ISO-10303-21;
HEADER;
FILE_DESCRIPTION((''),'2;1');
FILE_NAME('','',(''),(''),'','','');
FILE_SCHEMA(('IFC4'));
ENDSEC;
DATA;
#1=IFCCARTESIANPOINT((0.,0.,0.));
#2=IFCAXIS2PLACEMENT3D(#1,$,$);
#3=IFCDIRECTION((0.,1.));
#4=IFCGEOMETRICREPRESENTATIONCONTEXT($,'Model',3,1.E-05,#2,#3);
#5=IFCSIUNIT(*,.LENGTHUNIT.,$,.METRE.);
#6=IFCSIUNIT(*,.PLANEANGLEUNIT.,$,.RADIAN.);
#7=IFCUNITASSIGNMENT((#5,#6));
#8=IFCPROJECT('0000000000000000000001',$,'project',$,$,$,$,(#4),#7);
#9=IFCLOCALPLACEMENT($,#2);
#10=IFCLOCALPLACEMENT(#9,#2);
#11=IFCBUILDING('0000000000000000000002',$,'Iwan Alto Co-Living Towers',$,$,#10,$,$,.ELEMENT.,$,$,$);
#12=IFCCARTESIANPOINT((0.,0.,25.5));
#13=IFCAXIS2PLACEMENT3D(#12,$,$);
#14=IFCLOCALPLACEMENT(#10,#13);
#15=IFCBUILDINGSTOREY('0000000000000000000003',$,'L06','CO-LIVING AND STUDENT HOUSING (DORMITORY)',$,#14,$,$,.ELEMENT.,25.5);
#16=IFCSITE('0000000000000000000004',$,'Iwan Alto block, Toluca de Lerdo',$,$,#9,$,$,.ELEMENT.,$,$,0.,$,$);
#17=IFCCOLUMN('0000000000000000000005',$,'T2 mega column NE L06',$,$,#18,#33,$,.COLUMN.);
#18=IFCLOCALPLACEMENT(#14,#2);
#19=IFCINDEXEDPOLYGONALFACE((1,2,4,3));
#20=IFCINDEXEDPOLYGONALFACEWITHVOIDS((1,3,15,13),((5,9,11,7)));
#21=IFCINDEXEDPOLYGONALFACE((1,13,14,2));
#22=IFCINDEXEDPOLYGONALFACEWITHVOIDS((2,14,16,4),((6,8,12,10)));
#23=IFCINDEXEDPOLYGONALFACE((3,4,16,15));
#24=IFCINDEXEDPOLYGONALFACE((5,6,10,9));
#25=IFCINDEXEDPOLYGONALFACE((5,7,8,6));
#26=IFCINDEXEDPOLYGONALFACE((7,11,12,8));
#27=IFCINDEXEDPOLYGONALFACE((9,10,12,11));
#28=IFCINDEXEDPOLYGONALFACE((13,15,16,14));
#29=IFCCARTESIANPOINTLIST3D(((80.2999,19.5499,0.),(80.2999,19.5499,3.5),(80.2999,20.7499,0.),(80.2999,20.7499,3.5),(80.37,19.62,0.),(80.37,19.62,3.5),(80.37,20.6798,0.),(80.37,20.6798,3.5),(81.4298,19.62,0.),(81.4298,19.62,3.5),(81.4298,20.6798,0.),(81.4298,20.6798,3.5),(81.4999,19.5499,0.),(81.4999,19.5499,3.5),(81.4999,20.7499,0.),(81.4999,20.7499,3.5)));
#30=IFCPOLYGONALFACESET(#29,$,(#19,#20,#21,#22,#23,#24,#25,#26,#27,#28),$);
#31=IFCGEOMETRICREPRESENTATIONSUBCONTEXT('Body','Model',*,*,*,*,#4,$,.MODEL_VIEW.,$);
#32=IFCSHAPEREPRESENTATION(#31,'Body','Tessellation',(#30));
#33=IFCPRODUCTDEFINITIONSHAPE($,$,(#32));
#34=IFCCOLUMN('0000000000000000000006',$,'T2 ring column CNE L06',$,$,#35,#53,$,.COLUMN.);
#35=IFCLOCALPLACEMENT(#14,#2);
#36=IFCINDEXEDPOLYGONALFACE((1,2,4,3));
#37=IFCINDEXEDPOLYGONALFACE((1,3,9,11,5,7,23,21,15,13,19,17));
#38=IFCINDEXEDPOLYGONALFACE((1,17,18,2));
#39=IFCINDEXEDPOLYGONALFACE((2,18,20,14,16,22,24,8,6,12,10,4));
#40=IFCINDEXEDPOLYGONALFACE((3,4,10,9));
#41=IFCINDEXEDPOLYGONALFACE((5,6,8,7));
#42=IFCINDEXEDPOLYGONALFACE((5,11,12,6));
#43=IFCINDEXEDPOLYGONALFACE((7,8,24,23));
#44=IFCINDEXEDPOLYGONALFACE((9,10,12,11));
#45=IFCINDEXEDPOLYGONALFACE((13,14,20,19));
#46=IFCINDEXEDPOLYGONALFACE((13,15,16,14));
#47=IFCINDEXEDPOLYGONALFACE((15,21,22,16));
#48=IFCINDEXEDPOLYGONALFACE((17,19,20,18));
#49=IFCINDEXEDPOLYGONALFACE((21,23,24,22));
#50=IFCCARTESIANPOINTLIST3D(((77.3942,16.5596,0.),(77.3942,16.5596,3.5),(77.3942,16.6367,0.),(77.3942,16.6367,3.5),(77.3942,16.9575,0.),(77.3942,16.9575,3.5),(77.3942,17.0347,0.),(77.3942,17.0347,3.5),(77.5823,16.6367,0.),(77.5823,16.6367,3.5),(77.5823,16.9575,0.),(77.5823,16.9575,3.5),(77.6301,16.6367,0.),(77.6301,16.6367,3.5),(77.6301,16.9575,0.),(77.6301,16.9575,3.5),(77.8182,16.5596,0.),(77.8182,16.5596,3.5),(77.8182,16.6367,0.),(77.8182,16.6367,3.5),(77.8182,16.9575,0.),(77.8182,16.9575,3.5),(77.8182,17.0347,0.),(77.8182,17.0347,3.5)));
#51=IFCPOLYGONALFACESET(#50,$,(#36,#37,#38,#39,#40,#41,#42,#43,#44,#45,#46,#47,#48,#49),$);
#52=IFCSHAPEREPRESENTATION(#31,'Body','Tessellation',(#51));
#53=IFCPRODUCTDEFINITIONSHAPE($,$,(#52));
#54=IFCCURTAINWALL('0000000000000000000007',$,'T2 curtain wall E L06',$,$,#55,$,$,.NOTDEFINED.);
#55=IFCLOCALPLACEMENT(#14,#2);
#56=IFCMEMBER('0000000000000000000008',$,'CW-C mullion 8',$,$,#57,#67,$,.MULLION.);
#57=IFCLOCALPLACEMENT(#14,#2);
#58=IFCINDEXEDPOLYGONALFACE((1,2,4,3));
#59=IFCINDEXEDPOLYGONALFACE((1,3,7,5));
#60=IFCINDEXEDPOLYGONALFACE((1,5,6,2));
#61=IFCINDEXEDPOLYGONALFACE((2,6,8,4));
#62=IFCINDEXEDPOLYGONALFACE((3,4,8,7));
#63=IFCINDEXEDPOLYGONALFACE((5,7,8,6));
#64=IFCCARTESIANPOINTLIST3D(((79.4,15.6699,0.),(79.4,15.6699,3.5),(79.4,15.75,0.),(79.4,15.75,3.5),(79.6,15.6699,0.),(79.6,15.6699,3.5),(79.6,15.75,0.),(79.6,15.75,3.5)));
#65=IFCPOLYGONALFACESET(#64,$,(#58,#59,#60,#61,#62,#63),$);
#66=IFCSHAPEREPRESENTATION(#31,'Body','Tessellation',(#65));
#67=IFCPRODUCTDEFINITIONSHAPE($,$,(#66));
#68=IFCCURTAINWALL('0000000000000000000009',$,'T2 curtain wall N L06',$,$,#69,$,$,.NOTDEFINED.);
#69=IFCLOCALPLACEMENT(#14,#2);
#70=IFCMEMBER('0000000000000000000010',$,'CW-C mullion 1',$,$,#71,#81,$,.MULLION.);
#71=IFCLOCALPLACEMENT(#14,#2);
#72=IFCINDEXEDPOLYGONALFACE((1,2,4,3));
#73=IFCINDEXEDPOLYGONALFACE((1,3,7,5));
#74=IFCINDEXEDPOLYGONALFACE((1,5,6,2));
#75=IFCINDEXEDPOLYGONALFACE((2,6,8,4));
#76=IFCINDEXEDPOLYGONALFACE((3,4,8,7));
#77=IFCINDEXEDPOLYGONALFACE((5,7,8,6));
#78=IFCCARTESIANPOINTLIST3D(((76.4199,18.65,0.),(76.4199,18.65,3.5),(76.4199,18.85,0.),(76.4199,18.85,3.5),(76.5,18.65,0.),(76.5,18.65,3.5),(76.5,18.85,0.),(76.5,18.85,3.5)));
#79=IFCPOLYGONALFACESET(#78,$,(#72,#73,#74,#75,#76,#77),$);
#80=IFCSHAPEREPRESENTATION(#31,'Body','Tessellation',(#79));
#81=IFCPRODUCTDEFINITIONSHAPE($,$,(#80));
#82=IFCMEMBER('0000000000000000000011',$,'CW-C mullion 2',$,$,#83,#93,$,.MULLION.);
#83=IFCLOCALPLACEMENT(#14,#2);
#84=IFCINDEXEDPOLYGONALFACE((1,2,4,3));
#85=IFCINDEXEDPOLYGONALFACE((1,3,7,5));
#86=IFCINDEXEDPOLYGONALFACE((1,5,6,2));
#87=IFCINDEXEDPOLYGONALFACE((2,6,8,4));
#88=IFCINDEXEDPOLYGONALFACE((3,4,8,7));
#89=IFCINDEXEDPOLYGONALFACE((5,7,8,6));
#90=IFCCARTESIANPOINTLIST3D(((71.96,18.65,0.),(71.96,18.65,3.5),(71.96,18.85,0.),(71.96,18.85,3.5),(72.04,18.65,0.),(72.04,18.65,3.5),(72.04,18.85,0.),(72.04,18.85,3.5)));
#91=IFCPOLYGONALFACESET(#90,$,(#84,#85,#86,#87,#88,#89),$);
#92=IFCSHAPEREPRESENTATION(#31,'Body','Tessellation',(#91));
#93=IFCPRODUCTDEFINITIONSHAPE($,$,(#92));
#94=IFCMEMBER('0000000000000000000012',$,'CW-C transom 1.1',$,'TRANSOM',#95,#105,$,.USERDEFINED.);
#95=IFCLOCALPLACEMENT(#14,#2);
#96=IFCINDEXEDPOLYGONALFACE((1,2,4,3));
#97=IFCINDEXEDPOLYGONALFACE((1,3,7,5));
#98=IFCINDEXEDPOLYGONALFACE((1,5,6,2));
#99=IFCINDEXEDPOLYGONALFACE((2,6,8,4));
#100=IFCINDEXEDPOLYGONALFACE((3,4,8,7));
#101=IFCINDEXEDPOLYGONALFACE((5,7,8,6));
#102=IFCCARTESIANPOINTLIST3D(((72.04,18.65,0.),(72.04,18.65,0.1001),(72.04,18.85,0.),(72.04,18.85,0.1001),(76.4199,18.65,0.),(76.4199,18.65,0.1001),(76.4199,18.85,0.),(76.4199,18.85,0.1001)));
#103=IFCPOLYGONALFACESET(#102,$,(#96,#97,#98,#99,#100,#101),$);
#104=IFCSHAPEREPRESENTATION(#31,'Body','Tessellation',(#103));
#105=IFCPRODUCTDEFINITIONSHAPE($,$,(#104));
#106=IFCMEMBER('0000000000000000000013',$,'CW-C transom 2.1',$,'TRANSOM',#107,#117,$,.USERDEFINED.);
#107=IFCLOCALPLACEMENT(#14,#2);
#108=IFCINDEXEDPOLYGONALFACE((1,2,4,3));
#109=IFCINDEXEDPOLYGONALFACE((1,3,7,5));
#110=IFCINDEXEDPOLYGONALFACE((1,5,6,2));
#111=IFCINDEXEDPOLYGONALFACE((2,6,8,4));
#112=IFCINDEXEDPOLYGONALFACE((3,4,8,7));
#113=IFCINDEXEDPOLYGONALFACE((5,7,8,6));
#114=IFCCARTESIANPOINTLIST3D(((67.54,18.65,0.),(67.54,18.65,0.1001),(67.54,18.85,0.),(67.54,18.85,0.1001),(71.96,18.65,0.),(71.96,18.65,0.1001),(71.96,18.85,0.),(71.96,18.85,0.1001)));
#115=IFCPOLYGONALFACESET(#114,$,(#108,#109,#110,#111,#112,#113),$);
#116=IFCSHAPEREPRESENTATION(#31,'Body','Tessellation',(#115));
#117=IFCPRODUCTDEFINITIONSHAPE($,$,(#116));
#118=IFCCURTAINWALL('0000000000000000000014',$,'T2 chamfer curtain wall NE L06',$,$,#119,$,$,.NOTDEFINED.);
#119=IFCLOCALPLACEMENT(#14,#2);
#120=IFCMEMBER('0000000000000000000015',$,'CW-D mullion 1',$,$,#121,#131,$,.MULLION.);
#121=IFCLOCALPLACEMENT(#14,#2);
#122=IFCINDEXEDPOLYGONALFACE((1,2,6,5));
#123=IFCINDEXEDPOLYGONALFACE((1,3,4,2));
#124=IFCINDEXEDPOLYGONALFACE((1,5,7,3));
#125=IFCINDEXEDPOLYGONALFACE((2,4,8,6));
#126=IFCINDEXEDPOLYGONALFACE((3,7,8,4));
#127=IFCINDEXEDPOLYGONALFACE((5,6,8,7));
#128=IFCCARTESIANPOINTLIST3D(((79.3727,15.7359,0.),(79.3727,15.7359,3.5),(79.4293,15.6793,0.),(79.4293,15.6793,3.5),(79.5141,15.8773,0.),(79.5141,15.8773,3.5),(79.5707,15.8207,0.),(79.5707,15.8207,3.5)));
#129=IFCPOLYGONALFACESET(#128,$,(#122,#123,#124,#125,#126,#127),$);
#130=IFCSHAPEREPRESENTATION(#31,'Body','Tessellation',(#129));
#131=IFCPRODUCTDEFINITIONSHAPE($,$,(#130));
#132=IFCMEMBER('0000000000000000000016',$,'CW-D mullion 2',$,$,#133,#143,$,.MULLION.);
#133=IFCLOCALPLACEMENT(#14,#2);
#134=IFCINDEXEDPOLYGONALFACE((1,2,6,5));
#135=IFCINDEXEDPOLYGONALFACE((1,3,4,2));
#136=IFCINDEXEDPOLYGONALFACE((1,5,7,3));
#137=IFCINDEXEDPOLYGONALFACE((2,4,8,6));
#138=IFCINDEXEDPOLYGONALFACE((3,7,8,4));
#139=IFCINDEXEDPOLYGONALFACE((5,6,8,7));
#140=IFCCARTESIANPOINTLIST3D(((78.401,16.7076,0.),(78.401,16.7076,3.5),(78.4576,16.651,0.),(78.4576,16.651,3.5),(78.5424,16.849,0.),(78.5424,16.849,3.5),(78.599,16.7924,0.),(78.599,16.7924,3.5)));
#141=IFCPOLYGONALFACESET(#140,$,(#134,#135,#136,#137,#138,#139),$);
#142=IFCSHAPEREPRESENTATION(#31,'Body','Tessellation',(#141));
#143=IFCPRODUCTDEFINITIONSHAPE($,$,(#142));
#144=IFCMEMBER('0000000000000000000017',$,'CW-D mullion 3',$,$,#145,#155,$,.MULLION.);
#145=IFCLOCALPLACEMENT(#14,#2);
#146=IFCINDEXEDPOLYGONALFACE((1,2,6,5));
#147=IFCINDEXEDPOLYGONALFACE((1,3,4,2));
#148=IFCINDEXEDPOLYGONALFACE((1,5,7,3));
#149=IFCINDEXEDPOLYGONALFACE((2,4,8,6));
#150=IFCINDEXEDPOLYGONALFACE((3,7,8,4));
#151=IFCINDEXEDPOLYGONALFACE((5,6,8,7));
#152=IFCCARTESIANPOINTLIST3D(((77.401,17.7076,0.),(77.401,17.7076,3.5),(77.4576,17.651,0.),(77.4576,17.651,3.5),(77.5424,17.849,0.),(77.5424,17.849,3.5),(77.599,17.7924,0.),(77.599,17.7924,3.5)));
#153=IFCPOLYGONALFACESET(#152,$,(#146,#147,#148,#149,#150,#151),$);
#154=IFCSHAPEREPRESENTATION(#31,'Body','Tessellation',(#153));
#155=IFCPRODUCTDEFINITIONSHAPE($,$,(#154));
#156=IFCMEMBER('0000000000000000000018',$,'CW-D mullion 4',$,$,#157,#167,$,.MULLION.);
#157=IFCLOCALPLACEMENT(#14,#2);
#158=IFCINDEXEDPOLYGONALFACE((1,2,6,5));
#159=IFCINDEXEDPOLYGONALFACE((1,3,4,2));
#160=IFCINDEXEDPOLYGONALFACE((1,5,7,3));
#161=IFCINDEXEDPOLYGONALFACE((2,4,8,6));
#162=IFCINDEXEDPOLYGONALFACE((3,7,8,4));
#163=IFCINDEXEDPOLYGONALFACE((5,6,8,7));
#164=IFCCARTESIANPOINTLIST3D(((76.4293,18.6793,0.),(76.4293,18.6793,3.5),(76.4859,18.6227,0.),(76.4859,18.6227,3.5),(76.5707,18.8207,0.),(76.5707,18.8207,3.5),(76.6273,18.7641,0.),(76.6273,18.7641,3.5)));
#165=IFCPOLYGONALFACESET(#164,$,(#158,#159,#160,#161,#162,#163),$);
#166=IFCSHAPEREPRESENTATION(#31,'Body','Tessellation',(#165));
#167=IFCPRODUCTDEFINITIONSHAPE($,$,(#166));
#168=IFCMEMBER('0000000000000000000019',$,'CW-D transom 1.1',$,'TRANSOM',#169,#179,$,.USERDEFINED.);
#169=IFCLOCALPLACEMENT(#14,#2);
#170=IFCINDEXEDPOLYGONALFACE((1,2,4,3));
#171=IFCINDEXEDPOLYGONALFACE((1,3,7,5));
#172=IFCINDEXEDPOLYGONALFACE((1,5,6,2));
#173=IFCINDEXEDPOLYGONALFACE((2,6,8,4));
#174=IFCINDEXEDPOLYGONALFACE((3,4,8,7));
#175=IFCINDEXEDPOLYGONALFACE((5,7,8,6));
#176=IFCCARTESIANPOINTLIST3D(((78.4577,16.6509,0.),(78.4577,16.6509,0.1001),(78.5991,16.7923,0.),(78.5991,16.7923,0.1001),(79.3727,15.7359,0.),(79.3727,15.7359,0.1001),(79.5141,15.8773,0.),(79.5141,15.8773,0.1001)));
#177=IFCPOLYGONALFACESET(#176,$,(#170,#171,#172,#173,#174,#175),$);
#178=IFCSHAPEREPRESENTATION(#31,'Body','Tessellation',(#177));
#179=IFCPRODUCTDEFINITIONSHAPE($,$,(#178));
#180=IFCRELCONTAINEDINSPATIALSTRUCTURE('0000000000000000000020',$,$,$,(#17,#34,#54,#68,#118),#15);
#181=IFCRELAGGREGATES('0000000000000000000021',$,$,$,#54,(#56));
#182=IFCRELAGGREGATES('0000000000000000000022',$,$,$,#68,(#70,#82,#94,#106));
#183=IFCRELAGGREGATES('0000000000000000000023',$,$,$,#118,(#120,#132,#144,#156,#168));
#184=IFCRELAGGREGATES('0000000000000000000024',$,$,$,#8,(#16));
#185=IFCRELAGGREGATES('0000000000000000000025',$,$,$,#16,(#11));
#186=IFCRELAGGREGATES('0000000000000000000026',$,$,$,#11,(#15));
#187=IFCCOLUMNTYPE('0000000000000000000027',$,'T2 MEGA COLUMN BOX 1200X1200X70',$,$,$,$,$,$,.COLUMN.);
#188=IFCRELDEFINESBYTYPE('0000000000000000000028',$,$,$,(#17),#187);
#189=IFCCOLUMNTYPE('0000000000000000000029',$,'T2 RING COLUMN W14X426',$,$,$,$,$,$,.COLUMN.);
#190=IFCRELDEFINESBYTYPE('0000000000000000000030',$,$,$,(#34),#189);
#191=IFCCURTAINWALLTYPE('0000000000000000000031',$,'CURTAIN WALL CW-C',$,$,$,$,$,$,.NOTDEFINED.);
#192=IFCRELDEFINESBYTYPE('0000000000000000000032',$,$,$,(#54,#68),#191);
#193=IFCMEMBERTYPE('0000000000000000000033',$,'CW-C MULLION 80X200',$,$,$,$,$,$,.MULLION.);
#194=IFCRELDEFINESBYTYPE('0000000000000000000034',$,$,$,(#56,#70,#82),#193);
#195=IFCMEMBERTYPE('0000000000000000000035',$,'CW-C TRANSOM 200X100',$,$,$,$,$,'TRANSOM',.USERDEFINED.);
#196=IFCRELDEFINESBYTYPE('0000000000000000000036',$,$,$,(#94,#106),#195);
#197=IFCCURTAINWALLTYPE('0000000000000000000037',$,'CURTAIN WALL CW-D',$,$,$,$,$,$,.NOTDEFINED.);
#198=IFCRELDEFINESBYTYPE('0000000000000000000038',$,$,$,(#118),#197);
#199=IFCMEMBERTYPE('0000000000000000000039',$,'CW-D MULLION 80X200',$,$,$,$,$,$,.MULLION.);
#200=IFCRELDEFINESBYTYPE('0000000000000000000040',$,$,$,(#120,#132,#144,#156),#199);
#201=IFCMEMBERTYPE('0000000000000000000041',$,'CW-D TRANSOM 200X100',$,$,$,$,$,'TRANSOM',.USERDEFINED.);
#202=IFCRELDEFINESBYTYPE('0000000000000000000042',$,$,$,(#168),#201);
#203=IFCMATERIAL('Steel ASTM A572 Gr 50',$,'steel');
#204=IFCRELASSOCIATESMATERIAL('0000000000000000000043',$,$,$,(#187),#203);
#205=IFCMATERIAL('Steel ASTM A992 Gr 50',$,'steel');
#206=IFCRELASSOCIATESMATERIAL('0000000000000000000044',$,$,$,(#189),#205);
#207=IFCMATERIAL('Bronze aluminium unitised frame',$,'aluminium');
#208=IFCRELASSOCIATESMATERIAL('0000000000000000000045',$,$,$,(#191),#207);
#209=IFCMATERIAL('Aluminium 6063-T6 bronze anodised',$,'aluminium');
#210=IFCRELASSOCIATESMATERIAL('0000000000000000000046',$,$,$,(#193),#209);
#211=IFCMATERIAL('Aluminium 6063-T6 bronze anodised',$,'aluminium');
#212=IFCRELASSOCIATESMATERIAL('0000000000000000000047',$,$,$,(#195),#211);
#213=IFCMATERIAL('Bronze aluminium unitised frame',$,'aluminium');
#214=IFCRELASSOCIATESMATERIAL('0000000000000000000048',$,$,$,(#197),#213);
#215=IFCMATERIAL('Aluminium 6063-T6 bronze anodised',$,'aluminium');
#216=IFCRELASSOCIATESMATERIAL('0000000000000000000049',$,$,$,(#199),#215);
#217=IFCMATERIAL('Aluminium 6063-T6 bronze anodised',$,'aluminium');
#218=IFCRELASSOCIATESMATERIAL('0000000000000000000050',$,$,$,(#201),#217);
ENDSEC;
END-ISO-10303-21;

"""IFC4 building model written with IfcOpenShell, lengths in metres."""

from ifc_helpers import new_model, si_unit, direction, frame, origin, origin_2d, place, context, subcontext, project, spatial, rectangle, hollow_rectangle, i_section, extrude, material, material_profile, profile_set, type_object, element, aggregate, save


model = new_model("IFC4")

# Units and contexts
model_context = context("Model", 3, precision=1e-05, world=origin(), true_north=direction((0.0, 1.0)))
body_context = subcontext(model_context, "Body", "Model", "MODEL_VIEW")
ifc_project = project(units=[si_unit("LENGTHUNIT", "METRE"), si_unit("PLANEANGLEUNIT", "RADIAN")], contexts=[model_context])

# Site, building, storey
site_placement = place(None, origin())
site = spatial("IfcSite", under=ifc_project, at=site_placement, Name="Iwan Alto block, Toluca de Lerdo", CompositionType="ELEMENT", RefElevation=0.0)
building_placement = place(site_placement, origin())
building = spatial("IfcBuilding", under=site, at=building_placement, Name="Iwan Alto Co-Living Towers", CompositionType="ELEMENT")
storey_placement = place(building_placement, frame((0.0, 0.0, 25.5)))
storey = spatial("IfcBuildingStorey", under=building, at=storey_placement, Name="L06", Description="CO-LIVING AND STUDENT HOUSING (DORMITORY)", CompositionType="ELEMENT", Elevation=25.5)

# Columns
ifc_material_1 = material(Name="Steel ASTM A572 Gr 50", Category="steel")
ifc_material_profile_1 = material_profile(ifc_material_1, hollow_rectangle(XDim=1.2, YDim=1.2, WallThickness=0.0701, at=origin_2d()), Name="BOX 1200X1200X70")
ifc_profile_set_1 = profile_set([ifc_material_profile_1], Name="Steel ASTM A572 Gr 50")
column_type_1 = type_object("IfcColumnType", Name="T2 MEGA COLUMN BOX 1200X1200X70", PredefinedType="COLUMN", material=ifc_profile_set_1)
column_1_placement = place(storey_placement, frame((80.8999, 20.1499, 0.0), z_axis=(0.0, 0.0, 1.0), x_axis=(1.0, 0.0, 0.0)))
element("IfcColumn", 1, at=column_1_placement, inside=storey, type_object=column_type_1, Name="T2 mega column NE L06", PredefinedType="COLUMN", context=body_context, shape_type="SweptSolid", body=[
    extrude(hollow_rectangle(XDim=1.2, YDim=1.2, WallThickness=0.0701, at=origin_2d()), origin(), (0.0, 0.0, 1.0), 3.5),
])
ifc_material_2 = material(Name="Steel ASTM A992 Gr 50", Category="steel")
ifc_material_profile_2 = material_profile(ifc_material_2, i_section(OverallWidth=0.4241, OverallDepth=0.4751, WebThickness=0.0479, FlangeThickness=0.0771, at=origin_2d()), Name="W14X426")
ifc_profile_set_2 = profile_set([ifc_material_profile_2], Name="Steel ASTM A992 Gr 50")
column_type_2 = type_object("IfcColumnType", Name="T2 RING COLUMN W14X426", PredefinedType="COLUMN", material=ifc_profile_set_2)
column_2_placement = place(storey_placement, frame((77.6062, 16.7971, 0.0), z_axis=(0.0, 0.0, 1.0), x_axis=(1.0, 0.0, 0.0)))
element("IfcColumn", 2, at=column_2_placement, inside=storey, type_object=column_type_2, Name="T2 ring column CNE L06", PredefinedType="COLUMN", context=body_context, shape_type="SweptSolid", body=[
    extrude(i_section(OverallWidth=0.4241, OverallDepth=0.4751, WebThickness=0.0479, FlangeThickness=0.0771, at=origin_2d()), origin(), (0.0, 0.0, 1.0), 3.5),
])

# Curtain wall, member
ifc_material_3 = material(Name="Bronze aluminium unitised frame", Category="aluminium")
curtain_wall_type_1 = type_object("IfcCurtainWallType", Name="CURTAIN WALL CW-C", PredefinedType="NOTDEFINED", material=ifc_material_3)
curtain_wall_1_placement = place(storey_placement, origin())
curtain_wall_1 = element("IfcCurtainWall", 3, at=curtain_wall_1_placement, inside=storey, type_object=curtain_wall_type_1, Name="T2 curtain wall E L06", PredefinedType="NOTDEFINED")
ifc_material_4 = material(Name="Aluminium 6063-T6 bronze anodised", Category="aluminium")
ifc_material_profile_3 = material_profile(ifc_material_4, rectangle(XDim=0.2, YDim=0.0801, at=origin_2d()), Name="AL 80X200")
ifc_profile_set_3 = profile_set([ifc_material_profile_3], Name="Aluminium 6063-T6 bronze anodised")
member_type_1 = type_object("IfcMemberType", Name="CW-C MULLION 80X200", PredefinedType="MULLION", material=ifc_profile_set_3)
member_1_placement = place(storey_placement, frame((79.5, 15.71, 0.0), z_axis=(0.0, 0.0, 1.0), x_axis=(-1.0, 0.0, 0.0)))
member_1 = element("IfcMember", 4, at=member_1_placement, type_object=member_type_1, Name="CW-C mullion 8", PredefinedType="MULLION", context=body_context, shape_type="SweptSolid", body=[
    extrude(rectangle(XDim=0.2, YDim=0.0801, at=origin_2d()), origin(), (0.0, 0.0, 1.0), 3.5),
])

# Curtain walls, members
curtain_wall_2_placement = place(storey_placement, origin())
curtain_wall_2 = element("IfcCurtainWall", 5, at=curtain_wall_2_placement, inside=storey, type_object=curtain_wall_type_1, Name="T2 curtain wall N L06", PredefinedType="NOTDEFINED")
member_2_placement = place(storey_placement, frame((76.46, 18.75, 0.0), z_axis=(0.0, 0.0, 1.0), x_axis=(0.0, -1.0, 0.0)))
member_2 = element("IfcMember", 6, at=member_2_placement, type_object=member_type_1, Name="CW-C mullion 1", PredefinedType="MULLION", context=body_context, shape_type="SweptSolid", body=[
    extrude(rectangle(XDim=0.2, YDim=0.0801, at=origin_2d()), origin(), (0.0, 0.0, 1.0), 3.5),
])
member_3_placement = place(storey_placement, frame((72.0, 18.75, 0.0), z_axis=(0.0, 0.0, 1.0), x_axis=(0.0, -1.0, 0.0)))
member_3 = element("IfcMember", 7, at=member_3_placement, type_object=member_type_1, Name="CW-C mullion 2", PredefinedType="MULLION", context=body_context, shape_type="SweptSolid", body=[
    extrude(rectangle(XDim=0.2, YDim=0.0801, at=origin_2d()), origin(), (0.0, 0.0, 1.0), 3.5),
])
ifc_material_5 = material(Name="Aluminium 6063-T6 bronze anodised", Category="aluminium")
ifc_material_profile_4 = material_profile(ifc_material_5, rectangle(XDim=0.2, YDim=0.1001, at=origin_2d()), Name="AL 200X100")
ifc_profile_set_4 = profile_set([ifc_material_profile_4], Name="Aluminium 6063-T6 bronze anodised")
member_type_2 = type_object("IfcMemberType", Name="CW-C TRANSOM 200X100", ElementType="TRANSOM", PredefinedType="USERDEFINED", material=ifc_profile_set_4)
member_4_placement = place(storey_placement, frame((76.4199, 18.75, 0.05), z_axis=(-1.0, 0.0, 0.0), x_axis=(0.0, -1.0, 0.0)))
member_4 = element("IfcMember", 8, at=member_4_placement, type_object=member_type_2, Name="CW-C transom 1.1", ObjectType="TRANSOM", PredefinedType="USERDEFINED", context=body_context, shape_type="SweptSolid", body=[
    extrude(rectangle(XDim=0.2, YDim=0.1001, at=origin_2d()), origin(), (0.0, 0.0, 1.0), 4.3799),
])
member_5_placement = place(storey_placement, frame((71.96, 18.75, 0.05), z_axis=(-1.0, 0.0, 0.0), x_axis=(0.0, -1.0, 0.0)))
member_5 = element("IfcMember", 9, at=member_5_placement, type_object=member_type_2, Name="CW-C transom 2.1", ObjectType="TRANSOM", PredefinedType="USERDEFINED", context=body_context, shape_type="SweptSolid", body=[
    extrude(rectangle(XDim=0.2, YDim=0.1001, at=origin_2d()), origin(), (0.0, 0.0, 1.0), 4.4199),
])
ifc_material_6 = material(Name="Bronze aluminium unitised frame", Category="aluminium")
curtain_wall_type_2 = type_object("IfcCurtainWallType", Name="CURTAIN WALL CW-D", PredefinedType="NOTDEFINED", material=ifc_material_6)
curtain_wall_3_placement = place(storey_placement, origin())
curtain_wall_3 = element("IfcCurtainWall", 10, at=curtain_wall_3_placement, inside=storey, type_object=curtain_wall_type_2, Name="T2 chamfer curtain wall NE L06", PredefinedType="NOTDEFINED")
ifc_material_7 = material(Name="Aluminium 6063-T6 bronze anodised", Category="aluminium")
ifc_material_profile_5 = material_profile(ifc_material_7, rectangle(XDim=0.2, YDim=0.0801, at=origin_2d()), Name="AL 80X200")
ifc_profile_set_5 = profile_set([ifc_material_profile_5], Name="Aluminium 6063-T6 bronze anodised")
member_type_3 = type_object("IfcMemberType", Name="CW-D MULLION 80X200", PredefinedType="MULLION", material=ifc_profile_set_5)
member_6_placement = place(storey_placement, frame((79.4717, 15.7783, 0.0), z_axis=(0.0, 0.0, 1.0), x_axis=(-0.707107, -0.707107, 0.0)))
member_6 = element("IfcMember", 11, at=member_6_placement, type_object=member_type_3, Name="CW-D mullion 1", PredefinedType="MULLION", context=body_context, shape_type="SweptSolid", body=[
    extrude(rectangle(XDim=0.2, YDim=0.0801, at=origin_2d()), origin(), (0.0, 0.0, 1.0), 3.5),
])
member_7_placement = place(storey_placement, frame((78.5, 16.75, 0.0), z_axis=(0.0, 0.0, 1.0), x_axis=(-0.707107, -0.707107, 0.0)))
member_7 = element("IfcMember", 12, at=member_7_placement, type_object=member_type_3, Name="CW-D mullion 2", PredefinedType="MULLION", context=body_context, shape_type="SweptSolid", body=[
    extrude(rectangle(XDim=0.2, YDim=0.0801, at=origin_2d()), origin(), (0.0, 0.0, 1.0), 3.5),
])
member_8_placement = place(storey_placement, frame((77.5, 17.75, 0.0), z_axis=(0.0, 0.0, 1.0), x_axis=(-0.707107, -0.707107, 0.0)))
member_8 = element("IfcMember", 13, at=member_8_placement, type_object=member_type_3, Name="CW-D mullion 3", PredefinedType="MULLION", context=body_context, shape_type="SweptSolid", body=[
    extrude(rectangle(XDim=0.2, YDim=0.0801, at=origin_2d()), origin(), (0.0, 0.0, 1.0), 3.5),
])
member_9_placement = place(storey_placement, frame((76.5283, 18.7217, 0.0), z_axis=(0.0, 0.0, 1.0), x_axis=(-0.707107, -0.707107, 0.0)))
member_9 = element("IfcMember", 14, at=member_9_placement, type_object=member_type_3, Name="CW-D mullion 4", PredefinedType="MULLION", context=body_context, shape_type="SweptSolid", body=[
    extrude(rectangle(XDim=0.2, YDim=0.0801, at=origin_2d()), origin(), (0.0, 0.0, 1.0), 3.5),
])
ifc_material_8 = material(Name="Aluminium 6063-T6 bronze anodised", Category="aluminium")
ifc_material_profile_6 = material_profile(ifc_material_8, rectangle(XDim=0.2, YDim=0.1001, at=origin_2d()), Name="AL 200X100")
ifc_profile_set_6 = profile_set([ifc_material_profile_6], Name="Aluminium 6063-T6 bronze anodised")
member_type_4 = type_object("IfcMemberType", Name="CW-D TRANSOM 200X100", ElementType="TRANSOM", PredefinedType="USERDEFINED", material=ifc_profile_set_6)
member_10_placement = place(storey_placement, frame((79.4434, 15.8066, 0.05), z_axis=(-0.707107, 0.707107, 0.0), x_axis=(-0.707107, -0.707107, 0.0)))
member_10 = element("IfcMember", 15, at=member_10_placement, type_object=member_type_4, Name="CW-D transom 1.1", ObjectType="TRANSOM", PredefinedType="USERDEFINED", context=body_context, shape_type="SweptSolid", body=[
    extrude(rectangle(XDim=0.2, YDim=0.1001, at=origin_2d()), origin(), (0.0, 0.0, 1.0), 1.2939),
])

aggregate(curtain_wall_1, [member_1])
aggregate(curtain_wall_2, [member_2, member_3, member_4, member_5])
aggregate(curtain_wall_3, [member_6, member_7, member_8, member_9, member_10])

save(model, "model.ifc")
